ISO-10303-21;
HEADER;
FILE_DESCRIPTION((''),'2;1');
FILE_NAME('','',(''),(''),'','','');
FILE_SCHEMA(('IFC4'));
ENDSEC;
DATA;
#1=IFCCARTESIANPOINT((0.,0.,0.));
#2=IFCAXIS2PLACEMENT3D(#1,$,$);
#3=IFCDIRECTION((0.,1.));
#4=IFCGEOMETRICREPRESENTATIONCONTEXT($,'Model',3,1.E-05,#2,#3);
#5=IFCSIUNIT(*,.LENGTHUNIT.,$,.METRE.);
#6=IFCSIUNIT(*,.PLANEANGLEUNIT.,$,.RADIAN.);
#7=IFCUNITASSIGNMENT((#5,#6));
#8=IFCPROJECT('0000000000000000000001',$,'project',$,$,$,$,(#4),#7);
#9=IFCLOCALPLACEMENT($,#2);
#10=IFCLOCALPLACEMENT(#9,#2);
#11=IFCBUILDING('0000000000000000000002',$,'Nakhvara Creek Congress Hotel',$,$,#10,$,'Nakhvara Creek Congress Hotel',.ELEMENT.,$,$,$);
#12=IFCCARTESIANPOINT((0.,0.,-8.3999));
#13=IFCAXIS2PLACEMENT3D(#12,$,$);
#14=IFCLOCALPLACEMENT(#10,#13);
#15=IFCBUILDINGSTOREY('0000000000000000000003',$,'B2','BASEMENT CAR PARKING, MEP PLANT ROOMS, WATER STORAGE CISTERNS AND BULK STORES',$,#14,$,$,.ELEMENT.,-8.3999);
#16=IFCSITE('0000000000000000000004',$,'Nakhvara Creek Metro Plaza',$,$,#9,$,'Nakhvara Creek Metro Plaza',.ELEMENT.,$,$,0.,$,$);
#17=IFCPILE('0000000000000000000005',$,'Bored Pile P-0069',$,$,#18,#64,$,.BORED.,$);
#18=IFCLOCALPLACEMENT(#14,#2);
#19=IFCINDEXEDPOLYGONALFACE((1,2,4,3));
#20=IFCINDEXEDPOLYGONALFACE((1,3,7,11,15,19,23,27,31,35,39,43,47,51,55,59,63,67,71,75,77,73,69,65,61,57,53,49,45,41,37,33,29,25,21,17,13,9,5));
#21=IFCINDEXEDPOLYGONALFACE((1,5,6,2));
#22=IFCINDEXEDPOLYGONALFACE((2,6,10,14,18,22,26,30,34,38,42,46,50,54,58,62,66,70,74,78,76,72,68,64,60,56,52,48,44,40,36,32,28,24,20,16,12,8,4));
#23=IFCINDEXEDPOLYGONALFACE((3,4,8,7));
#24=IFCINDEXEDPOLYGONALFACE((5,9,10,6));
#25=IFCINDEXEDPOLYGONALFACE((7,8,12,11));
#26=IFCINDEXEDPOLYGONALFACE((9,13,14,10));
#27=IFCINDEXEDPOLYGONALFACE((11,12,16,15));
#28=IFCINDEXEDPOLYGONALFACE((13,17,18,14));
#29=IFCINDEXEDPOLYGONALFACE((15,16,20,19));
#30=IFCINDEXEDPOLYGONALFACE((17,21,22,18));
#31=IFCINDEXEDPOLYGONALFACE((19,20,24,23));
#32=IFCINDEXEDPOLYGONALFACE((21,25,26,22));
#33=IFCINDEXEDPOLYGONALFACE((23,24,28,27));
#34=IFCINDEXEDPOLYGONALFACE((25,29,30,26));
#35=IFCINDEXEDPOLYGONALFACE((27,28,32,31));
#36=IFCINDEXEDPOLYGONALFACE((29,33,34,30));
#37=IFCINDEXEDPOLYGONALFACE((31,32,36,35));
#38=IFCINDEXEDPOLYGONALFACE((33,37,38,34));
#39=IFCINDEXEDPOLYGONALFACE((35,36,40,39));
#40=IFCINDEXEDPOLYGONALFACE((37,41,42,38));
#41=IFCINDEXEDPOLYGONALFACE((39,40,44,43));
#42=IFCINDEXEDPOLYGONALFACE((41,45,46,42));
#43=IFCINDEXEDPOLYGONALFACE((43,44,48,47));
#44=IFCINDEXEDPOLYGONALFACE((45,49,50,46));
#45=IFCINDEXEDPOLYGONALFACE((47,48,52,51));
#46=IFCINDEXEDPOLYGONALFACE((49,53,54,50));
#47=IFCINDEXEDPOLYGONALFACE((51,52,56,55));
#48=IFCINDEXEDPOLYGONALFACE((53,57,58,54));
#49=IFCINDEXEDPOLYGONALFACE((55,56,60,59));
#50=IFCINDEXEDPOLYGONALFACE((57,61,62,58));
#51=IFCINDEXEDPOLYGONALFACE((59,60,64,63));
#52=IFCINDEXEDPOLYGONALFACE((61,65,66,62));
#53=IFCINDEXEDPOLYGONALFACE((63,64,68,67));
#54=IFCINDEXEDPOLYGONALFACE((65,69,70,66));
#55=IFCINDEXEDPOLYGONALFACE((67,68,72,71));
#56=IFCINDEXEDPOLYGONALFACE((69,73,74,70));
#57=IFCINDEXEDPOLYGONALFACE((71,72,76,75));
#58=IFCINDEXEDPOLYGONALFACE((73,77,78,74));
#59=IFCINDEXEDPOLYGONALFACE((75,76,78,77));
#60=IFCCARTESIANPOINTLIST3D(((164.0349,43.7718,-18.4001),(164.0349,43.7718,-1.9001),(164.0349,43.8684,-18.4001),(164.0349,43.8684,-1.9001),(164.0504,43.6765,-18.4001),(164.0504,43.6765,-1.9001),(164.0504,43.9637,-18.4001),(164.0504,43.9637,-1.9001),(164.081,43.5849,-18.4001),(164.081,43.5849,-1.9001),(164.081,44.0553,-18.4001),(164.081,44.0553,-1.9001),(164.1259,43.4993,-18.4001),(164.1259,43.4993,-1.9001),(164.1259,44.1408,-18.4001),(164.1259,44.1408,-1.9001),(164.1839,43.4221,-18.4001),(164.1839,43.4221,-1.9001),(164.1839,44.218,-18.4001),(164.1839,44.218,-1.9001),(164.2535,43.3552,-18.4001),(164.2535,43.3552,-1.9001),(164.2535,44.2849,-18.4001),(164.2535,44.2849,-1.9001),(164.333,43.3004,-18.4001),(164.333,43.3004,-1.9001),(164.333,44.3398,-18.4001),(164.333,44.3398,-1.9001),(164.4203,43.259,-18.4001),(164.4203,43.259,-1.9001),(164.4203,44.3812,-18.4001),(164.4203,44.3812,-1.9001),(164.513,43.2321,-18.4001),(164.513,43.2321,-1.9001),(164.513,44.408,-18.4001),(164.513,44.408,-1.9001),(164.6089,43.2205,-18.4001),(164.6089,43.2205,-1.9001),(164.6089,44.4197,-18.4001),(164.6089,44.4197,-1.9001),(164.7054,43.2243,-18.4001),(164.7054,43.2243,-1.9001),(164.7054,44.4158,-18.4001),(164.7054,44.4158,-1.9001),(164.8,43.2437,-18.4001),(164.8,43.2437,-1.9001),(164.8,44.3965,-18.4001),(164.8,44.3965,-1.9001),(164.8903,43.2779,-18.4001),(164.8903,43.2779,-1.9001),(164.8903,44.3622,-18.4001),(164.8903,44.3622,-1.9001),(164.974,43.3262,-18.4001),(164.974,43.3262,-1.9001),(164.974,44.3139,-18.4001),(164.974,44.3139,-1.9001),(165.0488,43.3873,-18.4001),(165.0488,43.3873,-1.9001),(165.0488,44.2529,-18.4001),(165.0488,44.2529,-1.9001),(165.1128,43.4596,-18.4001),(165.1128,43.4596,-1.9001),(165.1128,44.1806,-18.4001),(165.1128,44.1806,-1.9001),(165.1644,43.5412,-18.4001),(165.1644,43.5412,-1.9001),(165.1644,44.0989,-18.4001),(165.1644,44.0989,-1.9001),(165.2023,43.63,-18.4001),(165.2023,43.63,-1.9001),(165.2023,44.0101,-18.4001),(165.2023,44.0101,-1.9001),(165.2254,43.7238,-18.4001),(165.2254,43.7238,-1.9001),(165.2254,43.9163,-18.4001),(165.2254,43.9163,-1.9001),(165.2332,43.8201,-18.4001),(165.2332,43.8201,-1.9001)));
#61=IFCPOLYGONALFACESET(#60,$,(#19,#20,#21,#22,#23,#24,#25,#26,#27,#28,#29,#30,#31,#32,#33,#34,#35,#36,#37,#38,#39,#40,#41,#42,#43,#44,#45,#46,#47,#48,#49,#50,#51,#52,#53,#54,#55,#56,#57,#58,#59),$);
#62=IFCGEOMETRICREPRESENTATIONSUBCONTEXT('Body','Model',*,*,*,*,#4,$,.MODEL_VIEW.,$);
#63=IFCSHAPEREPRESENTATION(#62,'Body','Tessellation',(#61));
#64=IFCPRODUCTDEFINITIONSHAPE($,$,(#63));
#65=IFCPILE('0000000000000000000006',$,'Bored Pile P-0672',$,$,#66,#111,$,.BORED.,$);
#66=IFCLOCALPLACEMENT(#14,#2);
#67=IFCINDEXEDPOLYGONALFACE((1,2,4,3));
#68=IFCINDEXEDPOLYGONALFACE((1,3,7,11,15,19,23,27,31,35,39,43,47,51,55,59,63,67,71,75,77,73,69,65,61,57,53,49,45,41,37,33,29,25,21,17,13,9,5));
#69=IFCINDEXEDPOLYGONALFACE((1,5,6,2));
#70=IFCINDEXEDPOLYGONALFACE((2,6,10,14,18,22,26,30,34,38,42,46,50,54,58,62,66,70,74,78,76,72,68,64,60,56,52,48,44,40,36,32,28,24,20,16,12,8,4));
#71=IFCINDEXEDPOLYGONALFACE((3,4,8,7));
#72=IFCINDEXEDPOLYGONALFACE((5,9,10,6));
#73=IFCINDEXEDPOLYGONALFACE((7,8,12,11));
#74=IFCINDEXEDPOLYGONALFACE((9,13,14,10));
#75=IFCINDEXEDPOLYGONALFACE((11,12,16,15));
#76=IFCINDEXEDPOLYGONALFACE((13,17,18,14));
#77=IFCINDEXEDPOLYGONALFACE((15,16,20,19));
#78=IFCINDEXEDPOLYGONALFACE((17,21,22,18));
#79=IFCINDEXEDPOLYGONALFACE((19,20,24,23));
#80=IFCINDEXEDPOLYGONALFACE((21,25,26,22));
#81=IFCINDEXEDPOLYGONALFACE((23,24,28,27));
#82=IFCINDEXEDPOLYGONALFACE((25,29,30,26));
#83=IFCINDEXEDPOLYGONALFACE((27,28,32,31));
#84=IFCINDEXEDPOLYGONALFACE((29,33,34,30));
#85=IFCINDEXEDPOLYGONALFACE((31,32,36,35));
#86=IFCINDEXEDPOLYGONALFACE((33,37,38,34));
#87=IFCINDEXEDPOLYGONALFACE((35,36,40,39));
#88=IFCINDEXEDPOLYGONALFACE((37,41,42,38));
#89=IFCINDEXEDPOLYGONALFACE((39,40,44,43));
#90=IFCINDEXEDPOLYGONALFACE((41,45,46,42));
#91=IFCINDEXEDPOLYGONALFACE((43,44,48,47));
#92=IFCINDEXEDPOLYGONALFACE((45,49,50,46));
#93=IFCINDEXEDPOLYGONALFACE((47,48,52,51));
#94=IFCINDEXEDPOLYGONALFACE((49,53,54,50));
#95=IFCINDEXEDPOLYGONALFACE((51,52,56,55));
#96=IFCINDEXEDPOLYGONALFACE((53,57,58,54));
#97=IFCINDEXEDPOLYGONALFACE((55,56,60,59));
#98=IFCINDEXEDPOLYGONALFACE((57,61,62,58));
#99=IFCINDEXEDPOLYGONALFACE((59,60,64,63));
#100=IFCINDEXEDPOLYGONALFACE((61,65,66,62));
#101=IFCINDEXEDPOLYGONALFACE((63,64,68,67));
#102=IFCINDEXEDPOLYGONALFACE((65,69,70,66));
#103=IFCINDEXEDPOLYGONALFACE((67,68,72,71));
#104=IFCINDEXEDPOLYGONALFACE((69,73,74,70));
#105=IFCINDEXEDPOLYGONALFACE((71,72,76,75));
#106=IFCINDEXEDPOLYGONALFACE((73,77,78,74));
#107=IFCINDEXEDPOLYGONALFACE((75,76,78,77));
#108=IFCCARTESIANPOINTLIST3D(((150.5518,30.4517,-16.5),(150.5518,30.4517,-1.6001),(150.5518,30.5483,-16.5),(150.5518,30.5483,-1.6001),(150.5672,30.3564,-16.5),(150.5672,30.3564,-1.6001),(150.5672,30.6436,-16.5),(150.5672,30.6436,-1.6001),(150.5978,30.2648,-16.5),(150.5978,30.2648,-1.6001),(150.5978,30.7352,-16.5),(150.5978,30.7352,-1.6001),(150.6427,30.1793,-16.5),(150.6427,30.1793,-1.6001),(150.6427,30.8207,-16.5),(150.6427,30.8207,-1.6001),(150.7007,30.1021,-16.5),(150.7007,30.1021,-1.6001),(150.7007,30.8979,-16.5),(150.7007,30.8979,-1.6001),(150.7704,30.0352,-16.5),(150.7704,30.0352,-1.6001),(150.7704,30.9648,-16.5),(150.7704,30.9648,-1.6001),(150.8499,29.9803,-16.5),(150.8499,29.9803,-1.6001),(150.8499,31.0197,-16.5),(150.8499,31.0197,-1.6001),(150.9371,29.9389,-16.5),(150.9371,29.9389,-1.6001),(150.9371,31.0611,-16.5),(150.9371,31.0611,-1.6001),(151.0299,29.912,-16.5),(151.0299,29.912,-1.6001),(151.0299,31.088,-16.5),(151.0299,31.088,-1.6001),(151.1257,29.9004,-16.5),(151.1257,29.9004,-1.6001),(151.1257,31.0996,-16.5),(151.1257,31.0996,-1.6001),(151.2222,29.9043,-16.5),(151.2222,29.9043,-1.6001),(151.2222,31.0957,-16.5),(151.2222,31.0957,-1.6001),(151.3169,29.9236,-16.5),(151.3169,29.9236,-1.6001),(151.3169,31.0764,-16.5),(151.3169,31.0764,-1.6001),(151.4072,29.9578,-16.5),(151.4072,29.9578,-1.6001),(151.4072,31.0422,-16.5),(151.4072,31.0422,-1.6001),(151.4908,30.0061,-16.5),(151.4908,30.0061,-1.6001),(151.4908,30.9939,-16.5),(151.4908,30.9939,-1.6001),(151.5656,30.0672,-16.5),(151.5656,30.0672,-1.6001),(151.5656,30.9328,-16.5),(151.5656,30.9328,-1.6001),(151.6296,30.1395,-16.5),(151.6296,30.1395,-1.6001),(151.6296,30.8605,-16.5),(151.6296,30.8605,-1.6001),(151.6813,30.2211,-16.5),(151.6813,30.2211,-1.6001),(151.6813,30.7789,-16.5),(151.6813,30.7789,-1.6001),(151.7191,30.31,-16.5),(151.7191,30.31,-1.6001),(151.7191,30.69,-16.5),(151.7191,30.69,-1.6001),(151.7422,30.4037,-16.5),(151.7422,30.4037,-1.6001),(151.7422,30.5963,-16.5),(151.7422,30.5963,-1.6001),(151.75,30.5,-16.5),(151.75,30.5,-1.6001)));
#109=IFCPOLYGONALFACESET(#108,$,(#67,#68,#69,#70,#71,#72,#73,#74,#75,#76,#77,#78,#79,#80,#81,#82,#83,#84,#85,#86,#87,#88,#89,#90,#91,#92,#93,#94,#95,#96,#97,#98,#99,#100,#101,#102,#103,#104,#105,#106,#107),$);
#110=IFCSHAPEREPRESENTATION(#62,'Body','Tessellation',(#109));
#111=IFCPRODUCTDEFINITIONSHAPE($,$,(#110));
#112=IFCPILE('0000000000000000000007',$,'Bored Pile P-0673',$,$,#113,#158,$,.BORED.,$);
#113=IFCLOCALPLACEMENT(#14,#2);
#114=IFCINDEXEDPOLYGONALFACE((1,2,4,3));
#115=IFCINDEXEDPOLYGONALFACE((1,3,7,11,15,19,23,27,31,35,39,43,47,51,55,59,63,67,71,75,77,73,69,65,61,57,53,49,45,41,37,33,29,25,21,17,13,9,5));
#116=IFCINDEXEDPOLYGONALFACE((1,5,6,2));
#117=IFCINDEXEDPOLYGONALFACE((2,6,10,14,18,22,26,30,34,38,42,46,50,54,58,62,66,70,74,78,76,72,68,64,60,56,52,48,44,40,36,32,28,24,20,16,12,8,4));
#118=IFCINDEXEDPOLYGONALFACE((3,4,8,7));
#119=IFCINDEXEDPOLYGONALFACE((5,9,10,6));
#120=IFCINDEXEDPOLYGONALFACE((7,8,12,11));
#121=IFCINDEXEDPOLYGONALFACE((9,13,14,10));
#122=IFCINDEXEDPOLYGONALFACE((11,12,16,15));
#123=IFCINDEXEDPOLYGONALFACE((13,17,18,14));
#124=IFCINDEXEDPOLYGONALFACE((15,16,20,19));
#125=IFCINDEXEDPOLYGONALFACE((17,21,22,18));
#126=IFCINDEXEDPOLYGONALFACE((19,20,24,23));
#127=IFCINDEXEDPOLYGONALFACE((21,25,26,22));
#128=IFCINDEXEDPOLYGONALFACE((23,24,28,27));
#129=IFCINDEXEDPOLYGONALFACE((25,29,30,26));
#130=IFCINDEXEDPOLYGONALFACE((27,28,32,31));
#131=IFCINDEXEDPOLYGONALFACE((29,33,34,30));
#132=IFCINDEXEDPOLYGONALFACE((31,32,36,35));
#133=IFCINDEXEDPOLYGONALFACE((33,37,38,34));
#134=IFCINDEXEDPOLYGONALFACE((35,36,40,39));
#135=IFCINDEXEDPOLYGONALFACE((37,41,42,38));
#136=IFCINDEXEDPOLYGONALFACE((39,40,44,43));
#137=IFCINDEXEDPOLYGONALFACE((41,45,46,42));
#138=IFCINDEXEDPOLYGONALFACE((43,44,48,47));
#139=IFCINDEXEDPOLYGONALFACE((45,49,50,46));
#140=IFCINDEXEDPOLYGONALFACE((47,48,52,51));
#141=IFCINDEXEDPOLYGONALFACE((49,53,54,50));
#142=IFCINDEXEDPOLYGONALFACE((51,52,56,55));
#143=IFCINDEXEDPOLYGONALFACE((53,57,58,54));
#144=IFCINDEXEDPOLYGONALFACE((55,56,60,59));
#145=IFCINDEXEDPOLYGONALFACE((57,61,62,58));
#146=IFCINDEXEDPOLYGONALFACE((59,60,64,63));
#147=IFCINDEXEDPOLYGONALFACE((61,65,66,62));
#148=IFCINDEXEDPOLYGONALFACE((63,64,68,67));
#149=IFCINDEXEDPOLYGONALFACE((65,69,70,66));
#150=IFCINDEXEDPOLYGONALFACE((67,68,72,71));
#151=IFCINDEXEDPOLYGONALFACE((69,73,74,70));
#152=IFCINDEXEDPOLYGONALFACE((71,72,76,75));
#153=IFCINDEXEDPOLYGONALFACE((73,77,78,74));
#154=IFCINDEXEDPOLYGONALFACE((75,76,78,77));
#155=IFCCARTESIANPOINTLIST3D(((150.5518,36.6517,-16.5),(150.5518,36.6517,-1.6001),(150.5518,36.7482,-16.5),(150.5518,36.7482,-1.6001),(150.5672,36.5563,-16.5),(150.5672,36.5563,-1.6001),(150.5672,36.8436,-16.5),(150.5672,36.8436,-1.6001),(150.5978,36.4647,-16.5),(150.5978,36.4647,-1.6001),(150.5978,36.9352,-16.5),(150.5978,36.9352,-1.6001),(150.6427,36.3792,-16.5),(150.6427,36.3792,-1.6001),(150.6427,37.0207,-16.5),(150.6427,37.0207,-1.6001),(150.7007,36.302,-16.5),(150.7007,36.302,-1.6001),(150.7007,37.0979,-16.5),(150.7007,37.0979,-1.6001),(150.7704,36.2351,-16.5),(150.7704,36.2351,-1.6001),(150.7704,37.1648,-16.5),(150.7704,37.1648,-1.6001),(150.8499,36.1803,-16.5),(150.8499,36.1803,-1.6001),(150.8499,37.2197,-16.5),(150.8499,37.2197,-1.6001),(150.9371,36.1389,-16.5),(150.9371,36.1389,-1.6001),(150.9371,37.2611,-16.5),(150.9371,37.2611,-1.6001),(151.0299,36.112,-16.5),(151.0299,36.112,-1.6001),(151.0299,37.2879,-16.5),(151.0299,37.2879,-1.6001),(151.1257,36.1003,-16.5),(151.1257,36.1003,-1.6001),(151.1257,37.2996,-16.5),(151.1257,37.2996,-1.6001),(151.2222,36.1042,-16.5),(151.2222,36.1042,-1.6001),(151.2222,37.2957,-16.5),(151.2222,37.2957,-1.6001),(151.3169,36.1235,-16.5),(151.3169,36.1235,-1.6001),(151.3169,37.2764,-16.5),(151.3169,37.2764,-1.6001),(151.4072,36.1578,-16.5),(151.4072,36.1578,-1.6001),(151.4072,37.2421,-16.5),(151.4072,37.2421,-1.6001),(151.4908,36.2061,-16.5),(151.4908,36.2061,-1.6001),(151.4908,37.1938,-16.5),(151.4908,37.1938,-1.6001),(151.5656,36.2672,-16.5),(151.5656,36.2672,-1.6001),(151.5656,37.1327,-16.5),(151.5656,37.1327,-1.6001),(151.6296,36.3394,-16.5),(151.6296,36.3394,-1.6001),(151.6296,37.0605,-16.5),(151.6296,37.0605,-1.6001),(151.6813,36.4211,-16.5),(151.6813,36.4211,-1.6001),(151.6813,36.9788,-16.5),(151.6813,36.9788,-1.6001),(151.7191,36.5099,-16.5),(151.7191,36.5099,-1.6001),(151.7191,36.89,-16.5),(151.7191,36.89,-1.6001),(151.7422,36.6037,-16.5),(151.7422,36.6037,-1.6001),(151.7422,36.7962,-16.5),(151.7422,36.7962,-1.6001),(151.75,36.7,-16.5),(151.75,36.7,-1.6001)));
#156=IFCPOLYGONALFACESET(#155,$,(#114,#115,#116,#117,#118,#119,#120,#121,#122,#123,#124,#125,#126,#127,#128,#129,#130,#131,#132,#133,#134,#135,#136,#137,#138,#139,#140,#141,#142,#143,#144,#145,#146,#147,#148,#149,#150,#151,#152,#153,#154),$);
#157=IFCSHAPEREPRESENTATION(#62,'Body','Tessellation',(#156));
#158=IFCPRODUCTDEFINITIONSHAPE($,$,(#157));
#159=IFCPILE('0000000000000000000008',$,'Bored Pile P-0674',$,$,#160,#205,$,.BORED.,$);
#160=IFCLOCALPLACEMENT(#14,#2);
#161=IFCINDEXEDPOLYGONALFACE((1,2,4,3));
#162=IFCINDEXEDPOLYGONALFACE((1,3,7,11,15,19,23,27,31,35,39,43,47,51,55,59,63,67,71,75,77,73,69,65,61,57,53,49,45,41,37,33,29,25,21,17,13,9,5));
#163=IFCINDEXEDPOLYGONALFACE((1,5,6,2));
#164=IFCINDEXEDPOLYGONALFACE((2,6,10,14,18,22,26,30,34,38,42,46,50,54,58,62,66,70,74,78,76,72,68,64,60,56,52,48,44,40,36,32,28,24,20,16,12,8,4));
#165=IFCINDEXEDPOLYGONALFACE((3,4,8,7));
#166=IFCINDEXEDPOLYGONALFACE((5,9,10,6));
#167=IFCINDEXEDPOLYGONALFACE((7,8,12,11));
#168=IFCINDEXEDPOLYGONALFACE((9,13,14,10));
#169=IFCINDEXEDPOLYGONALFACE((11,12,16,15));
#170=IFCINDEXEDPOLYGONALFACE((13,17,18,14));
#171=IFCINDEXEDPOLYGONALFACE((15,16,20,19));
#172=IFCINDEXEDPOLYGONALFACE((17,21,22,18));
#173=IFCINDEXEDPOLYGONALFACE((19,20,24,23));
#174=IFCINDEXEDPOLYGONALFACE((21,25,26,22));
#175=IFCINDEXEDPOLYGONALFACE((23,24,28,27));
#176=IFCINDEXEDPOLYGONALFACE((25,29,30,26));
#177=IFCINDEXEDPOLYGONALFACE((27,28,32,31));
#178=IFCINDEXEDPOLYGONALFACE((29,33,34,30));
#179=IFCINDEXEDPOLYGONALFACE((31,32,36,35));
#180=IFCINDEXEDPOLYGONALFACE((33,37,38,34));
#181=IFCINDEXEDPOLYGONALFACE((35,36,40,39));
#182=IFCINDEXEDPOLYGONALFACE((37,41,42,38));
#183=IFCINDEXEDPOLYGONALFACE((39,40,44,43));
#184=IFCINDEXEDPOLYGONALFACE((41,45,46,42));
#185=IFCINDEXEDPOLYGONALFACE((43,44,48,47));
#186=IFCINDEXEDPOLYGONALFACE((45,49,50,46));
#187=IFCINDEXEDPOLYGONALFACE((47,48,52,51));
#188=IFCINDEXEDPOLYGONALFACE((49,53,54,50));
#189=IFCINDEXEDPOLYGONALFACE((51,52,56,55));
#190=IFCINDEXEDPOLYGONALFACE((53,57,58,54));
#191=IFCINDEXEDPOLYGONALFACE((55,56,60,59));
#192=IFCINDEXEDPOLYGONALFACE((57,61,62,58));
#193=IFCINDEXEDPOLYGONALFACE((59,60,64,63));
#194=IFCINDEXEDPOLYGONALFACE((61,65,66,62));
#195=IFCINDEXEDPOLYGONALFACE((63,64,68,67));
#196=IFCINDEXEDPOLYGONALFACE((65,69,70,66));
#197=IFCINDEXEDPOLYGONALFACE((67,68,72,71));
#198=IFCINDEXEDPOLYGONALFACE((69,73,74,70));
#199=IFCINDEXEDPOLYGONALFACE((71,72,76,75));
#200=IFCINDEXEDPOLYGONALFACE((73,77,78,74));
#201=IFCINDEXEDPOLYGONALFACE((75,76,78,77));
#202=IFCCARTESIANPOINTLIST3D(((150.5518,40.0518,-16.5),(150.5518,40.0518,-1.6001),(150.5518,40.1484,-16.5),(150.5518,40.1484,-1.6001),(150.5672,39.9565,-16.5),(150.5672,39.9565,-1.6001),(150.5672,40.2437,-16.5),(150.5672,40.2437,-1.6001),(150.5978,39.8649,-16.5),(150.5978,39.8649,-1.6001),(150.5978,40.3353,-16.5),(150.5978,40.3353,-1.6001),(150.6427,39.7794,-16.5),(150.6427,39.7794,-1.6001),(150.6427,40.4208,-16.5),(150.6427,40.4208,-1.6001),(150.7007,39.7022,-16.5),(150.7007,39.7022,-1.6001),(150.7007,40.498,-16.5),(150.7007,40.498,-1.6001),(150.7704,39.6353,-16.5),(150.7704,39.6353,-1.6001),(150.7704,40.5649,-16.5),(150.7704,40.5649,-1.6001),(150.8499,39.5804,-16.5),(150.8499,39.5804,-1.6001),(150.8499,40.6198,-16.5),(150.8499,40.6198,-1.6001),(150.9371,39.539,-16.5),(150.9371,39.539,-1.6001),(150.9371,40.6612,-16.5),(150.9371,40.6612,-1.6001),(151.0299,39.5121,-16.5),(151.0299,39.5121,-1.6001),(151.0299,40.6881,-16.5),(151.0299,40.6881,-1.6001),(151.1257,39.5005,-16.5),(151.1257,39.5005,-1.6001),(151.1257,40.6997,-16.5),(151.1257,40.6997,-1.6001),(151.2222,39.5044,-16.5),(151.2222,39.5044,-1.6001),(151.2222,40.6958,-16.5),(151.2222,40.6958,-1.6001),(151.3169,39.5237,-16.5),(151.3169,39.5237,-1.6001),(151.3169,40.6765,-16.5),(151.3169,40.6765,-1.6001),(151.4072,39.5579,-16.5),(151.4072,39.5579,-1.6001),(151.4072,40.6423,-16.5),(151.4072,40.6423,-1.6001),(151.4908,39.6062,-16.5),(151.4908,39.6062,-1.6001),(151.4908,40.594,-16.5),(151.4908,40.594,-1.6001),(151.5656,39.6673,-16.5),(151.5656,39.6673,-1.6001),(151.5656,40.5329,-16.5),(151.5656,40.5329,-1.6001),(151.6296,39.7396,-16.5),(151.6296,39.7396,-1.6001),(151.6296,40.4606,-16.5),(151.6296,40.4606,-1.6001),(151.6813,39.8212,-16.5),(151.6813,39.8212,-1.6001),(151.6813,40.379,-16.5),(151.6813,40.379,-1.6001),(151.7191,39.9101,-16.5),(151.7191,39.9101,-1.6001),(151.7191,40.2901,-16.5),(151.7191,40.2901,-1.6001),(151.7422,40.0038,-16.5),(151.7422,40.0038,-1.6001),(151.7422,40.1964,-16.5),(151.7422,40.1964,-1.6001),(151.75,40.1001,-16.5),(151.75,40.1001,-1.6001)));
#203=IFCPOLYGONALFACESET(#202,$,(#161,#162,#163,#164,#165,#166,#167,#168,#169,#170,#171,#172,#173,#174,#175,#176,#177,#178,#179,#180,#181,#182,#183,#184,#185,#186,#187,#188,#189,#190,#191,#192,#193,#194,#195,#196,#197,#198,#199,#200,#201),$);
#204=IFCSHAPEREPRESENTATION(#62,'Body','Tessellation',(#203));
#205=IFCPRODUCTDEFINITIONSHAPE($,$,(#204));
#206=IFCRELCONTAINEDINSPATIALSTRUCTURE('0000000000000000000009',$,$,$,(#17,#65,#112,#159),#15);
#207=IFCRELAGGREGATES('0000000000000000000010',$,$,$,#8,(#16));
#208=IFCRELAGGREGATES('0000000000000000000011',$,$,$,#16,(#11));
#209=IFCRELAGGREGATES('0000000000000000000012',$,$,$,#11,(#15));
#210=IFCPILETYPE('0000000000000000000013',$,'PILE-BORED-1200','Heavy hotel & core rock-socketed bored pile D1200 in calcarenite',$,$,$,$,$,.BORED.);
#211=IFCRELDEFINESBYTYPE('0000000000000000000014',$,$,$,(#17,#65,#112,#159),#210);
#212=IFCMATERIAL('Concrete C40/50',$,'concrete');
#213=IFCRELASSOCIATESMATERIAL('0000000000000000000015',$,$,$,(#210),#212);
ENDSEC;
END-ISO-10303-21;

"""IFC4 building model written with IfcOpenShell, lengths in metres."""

from ifc_helpers import new_model, si_unit, direction, frame, origin, origin_2d, place, context, subcontext, project, spatial, circle, extrude, material, material_profile, profile_set, type_object, element, save


model = new_model("IFC4")

# Units and contexts
model_context = context("Model", 3, precision=1e-05, world=origin(), true_north=direction((0.0, 1.0)))
body_context = subcontext(model_context, "Body", "Model", "MODEL_VIEW")
ifc_project = project(units=[si_unit("LENGTHUNIT", "METRE"), si_unit("PLANEANGLEUNIT", "RADIAN")], contexts=[model_context])

# Site, building, storey
site_placement = place(None, origin())
site = spatial("IfcSite", under=ifc_project, at=site_placement, Name="Nakhvara Creek Metro Plaza", LongName="Nakhvara Creek Metro Plaza", CompositionType="ELEMENT", RefElevation=0.0)
building_placement = place(site_placement, origin())
building = spatial("IfcBuilding", under=site, at=building_placement, Name="Nakhvara Creek Congress Hotel", LongName="Nakhvara Creek Congress Hotel", CompositionType="ELEMENT")
storey_placement = place(building_placement, frame((0.0, 0.0, -8.3999)))
storey = spatial("IfcBuildingStorey", under=building, at=storey_placement, Name="B2", Description="BASEMENT CAR PARKING, MEP PLANT ROOMS, WATER STORAGE CISTERNS AND BULK STORES", CompositionType="ELEMENT", Elevation=-8.3999)

# Shared definitions
ifc_material_1 = material(Name="Concrete C40/50", Category="concrete")

# Piles
ifc_material_profile_1 = material_profile(ifc_material_1, circle(Radius=0.6001, at=origin_2d()), Name="BORED PILE D1200", Category="LoadBearing")
ifc_profile_set_1 = profile_set([ifc_material_profile_1], Name="Concrete C40/50")
pile_type_1 = type_object("IfcPileType", Name="PILE-BORED-1200", Description="Heavy hotel & core rock-socketed bored pile D1200 in calcarenite", PredefinedType="BORED", material=ifc_profile_set_1)
for number, where, z_axis, x_axis, name in (
    (1, (164.6331, 43.8201, -1.9001), (0.0, 0.0, -1.0), (1.0, 0.0, 0.0), "Bored Pile P-0069"),
):
    element("IfcPile", number, at=place(storey_placement, frame(where, z_axis=z_axis, x_axis=x_axis)), inside=storey, type_object=pile_type_1, Name=name, PredefinedType="BORED", context=body_context, shape_type="SweptSolid", body=[
        extrude(circle(Radius=0.6001, at=origin_2d()), origin(), (0.0, 0.0, 1.0), 16.5),
    ])
for number, where, z_axis, x_axis, name in (
    (2, (151.1499, 30.5, -1.6001), (0.0, 0.0, -1.0), (1.0, 0.0, 0.0), "Bored Pile P-0672"),
    (3, (151.1499, 36.7, -1.6001), (0.0, 0.0, -1.0), (1.0, 0.0, 0.0), "Bored Pile P-0673"),
    (4, (151.1499, 40.1001, -1.6001), (0.0, 0.0, -1.0), (1.0, 0.0, 0.0), "Bored Pile P-0674"),
):
    element("IfcPile", number, at=place(storey_placement, frame(where, z_axis=z_axis, x_axis=x_axis)), inside=storey, type_object=pile_type_1, Name=name, PredefinedType="BORED", context=body_context, shape_type="SweptSolid", body=[
        extrude(circle(Radius=0.6001, at=origin_2d()), origin(), (0.0, 0.0, 1.0), 14.8999),
    ])

save(model, "model.ifc")
